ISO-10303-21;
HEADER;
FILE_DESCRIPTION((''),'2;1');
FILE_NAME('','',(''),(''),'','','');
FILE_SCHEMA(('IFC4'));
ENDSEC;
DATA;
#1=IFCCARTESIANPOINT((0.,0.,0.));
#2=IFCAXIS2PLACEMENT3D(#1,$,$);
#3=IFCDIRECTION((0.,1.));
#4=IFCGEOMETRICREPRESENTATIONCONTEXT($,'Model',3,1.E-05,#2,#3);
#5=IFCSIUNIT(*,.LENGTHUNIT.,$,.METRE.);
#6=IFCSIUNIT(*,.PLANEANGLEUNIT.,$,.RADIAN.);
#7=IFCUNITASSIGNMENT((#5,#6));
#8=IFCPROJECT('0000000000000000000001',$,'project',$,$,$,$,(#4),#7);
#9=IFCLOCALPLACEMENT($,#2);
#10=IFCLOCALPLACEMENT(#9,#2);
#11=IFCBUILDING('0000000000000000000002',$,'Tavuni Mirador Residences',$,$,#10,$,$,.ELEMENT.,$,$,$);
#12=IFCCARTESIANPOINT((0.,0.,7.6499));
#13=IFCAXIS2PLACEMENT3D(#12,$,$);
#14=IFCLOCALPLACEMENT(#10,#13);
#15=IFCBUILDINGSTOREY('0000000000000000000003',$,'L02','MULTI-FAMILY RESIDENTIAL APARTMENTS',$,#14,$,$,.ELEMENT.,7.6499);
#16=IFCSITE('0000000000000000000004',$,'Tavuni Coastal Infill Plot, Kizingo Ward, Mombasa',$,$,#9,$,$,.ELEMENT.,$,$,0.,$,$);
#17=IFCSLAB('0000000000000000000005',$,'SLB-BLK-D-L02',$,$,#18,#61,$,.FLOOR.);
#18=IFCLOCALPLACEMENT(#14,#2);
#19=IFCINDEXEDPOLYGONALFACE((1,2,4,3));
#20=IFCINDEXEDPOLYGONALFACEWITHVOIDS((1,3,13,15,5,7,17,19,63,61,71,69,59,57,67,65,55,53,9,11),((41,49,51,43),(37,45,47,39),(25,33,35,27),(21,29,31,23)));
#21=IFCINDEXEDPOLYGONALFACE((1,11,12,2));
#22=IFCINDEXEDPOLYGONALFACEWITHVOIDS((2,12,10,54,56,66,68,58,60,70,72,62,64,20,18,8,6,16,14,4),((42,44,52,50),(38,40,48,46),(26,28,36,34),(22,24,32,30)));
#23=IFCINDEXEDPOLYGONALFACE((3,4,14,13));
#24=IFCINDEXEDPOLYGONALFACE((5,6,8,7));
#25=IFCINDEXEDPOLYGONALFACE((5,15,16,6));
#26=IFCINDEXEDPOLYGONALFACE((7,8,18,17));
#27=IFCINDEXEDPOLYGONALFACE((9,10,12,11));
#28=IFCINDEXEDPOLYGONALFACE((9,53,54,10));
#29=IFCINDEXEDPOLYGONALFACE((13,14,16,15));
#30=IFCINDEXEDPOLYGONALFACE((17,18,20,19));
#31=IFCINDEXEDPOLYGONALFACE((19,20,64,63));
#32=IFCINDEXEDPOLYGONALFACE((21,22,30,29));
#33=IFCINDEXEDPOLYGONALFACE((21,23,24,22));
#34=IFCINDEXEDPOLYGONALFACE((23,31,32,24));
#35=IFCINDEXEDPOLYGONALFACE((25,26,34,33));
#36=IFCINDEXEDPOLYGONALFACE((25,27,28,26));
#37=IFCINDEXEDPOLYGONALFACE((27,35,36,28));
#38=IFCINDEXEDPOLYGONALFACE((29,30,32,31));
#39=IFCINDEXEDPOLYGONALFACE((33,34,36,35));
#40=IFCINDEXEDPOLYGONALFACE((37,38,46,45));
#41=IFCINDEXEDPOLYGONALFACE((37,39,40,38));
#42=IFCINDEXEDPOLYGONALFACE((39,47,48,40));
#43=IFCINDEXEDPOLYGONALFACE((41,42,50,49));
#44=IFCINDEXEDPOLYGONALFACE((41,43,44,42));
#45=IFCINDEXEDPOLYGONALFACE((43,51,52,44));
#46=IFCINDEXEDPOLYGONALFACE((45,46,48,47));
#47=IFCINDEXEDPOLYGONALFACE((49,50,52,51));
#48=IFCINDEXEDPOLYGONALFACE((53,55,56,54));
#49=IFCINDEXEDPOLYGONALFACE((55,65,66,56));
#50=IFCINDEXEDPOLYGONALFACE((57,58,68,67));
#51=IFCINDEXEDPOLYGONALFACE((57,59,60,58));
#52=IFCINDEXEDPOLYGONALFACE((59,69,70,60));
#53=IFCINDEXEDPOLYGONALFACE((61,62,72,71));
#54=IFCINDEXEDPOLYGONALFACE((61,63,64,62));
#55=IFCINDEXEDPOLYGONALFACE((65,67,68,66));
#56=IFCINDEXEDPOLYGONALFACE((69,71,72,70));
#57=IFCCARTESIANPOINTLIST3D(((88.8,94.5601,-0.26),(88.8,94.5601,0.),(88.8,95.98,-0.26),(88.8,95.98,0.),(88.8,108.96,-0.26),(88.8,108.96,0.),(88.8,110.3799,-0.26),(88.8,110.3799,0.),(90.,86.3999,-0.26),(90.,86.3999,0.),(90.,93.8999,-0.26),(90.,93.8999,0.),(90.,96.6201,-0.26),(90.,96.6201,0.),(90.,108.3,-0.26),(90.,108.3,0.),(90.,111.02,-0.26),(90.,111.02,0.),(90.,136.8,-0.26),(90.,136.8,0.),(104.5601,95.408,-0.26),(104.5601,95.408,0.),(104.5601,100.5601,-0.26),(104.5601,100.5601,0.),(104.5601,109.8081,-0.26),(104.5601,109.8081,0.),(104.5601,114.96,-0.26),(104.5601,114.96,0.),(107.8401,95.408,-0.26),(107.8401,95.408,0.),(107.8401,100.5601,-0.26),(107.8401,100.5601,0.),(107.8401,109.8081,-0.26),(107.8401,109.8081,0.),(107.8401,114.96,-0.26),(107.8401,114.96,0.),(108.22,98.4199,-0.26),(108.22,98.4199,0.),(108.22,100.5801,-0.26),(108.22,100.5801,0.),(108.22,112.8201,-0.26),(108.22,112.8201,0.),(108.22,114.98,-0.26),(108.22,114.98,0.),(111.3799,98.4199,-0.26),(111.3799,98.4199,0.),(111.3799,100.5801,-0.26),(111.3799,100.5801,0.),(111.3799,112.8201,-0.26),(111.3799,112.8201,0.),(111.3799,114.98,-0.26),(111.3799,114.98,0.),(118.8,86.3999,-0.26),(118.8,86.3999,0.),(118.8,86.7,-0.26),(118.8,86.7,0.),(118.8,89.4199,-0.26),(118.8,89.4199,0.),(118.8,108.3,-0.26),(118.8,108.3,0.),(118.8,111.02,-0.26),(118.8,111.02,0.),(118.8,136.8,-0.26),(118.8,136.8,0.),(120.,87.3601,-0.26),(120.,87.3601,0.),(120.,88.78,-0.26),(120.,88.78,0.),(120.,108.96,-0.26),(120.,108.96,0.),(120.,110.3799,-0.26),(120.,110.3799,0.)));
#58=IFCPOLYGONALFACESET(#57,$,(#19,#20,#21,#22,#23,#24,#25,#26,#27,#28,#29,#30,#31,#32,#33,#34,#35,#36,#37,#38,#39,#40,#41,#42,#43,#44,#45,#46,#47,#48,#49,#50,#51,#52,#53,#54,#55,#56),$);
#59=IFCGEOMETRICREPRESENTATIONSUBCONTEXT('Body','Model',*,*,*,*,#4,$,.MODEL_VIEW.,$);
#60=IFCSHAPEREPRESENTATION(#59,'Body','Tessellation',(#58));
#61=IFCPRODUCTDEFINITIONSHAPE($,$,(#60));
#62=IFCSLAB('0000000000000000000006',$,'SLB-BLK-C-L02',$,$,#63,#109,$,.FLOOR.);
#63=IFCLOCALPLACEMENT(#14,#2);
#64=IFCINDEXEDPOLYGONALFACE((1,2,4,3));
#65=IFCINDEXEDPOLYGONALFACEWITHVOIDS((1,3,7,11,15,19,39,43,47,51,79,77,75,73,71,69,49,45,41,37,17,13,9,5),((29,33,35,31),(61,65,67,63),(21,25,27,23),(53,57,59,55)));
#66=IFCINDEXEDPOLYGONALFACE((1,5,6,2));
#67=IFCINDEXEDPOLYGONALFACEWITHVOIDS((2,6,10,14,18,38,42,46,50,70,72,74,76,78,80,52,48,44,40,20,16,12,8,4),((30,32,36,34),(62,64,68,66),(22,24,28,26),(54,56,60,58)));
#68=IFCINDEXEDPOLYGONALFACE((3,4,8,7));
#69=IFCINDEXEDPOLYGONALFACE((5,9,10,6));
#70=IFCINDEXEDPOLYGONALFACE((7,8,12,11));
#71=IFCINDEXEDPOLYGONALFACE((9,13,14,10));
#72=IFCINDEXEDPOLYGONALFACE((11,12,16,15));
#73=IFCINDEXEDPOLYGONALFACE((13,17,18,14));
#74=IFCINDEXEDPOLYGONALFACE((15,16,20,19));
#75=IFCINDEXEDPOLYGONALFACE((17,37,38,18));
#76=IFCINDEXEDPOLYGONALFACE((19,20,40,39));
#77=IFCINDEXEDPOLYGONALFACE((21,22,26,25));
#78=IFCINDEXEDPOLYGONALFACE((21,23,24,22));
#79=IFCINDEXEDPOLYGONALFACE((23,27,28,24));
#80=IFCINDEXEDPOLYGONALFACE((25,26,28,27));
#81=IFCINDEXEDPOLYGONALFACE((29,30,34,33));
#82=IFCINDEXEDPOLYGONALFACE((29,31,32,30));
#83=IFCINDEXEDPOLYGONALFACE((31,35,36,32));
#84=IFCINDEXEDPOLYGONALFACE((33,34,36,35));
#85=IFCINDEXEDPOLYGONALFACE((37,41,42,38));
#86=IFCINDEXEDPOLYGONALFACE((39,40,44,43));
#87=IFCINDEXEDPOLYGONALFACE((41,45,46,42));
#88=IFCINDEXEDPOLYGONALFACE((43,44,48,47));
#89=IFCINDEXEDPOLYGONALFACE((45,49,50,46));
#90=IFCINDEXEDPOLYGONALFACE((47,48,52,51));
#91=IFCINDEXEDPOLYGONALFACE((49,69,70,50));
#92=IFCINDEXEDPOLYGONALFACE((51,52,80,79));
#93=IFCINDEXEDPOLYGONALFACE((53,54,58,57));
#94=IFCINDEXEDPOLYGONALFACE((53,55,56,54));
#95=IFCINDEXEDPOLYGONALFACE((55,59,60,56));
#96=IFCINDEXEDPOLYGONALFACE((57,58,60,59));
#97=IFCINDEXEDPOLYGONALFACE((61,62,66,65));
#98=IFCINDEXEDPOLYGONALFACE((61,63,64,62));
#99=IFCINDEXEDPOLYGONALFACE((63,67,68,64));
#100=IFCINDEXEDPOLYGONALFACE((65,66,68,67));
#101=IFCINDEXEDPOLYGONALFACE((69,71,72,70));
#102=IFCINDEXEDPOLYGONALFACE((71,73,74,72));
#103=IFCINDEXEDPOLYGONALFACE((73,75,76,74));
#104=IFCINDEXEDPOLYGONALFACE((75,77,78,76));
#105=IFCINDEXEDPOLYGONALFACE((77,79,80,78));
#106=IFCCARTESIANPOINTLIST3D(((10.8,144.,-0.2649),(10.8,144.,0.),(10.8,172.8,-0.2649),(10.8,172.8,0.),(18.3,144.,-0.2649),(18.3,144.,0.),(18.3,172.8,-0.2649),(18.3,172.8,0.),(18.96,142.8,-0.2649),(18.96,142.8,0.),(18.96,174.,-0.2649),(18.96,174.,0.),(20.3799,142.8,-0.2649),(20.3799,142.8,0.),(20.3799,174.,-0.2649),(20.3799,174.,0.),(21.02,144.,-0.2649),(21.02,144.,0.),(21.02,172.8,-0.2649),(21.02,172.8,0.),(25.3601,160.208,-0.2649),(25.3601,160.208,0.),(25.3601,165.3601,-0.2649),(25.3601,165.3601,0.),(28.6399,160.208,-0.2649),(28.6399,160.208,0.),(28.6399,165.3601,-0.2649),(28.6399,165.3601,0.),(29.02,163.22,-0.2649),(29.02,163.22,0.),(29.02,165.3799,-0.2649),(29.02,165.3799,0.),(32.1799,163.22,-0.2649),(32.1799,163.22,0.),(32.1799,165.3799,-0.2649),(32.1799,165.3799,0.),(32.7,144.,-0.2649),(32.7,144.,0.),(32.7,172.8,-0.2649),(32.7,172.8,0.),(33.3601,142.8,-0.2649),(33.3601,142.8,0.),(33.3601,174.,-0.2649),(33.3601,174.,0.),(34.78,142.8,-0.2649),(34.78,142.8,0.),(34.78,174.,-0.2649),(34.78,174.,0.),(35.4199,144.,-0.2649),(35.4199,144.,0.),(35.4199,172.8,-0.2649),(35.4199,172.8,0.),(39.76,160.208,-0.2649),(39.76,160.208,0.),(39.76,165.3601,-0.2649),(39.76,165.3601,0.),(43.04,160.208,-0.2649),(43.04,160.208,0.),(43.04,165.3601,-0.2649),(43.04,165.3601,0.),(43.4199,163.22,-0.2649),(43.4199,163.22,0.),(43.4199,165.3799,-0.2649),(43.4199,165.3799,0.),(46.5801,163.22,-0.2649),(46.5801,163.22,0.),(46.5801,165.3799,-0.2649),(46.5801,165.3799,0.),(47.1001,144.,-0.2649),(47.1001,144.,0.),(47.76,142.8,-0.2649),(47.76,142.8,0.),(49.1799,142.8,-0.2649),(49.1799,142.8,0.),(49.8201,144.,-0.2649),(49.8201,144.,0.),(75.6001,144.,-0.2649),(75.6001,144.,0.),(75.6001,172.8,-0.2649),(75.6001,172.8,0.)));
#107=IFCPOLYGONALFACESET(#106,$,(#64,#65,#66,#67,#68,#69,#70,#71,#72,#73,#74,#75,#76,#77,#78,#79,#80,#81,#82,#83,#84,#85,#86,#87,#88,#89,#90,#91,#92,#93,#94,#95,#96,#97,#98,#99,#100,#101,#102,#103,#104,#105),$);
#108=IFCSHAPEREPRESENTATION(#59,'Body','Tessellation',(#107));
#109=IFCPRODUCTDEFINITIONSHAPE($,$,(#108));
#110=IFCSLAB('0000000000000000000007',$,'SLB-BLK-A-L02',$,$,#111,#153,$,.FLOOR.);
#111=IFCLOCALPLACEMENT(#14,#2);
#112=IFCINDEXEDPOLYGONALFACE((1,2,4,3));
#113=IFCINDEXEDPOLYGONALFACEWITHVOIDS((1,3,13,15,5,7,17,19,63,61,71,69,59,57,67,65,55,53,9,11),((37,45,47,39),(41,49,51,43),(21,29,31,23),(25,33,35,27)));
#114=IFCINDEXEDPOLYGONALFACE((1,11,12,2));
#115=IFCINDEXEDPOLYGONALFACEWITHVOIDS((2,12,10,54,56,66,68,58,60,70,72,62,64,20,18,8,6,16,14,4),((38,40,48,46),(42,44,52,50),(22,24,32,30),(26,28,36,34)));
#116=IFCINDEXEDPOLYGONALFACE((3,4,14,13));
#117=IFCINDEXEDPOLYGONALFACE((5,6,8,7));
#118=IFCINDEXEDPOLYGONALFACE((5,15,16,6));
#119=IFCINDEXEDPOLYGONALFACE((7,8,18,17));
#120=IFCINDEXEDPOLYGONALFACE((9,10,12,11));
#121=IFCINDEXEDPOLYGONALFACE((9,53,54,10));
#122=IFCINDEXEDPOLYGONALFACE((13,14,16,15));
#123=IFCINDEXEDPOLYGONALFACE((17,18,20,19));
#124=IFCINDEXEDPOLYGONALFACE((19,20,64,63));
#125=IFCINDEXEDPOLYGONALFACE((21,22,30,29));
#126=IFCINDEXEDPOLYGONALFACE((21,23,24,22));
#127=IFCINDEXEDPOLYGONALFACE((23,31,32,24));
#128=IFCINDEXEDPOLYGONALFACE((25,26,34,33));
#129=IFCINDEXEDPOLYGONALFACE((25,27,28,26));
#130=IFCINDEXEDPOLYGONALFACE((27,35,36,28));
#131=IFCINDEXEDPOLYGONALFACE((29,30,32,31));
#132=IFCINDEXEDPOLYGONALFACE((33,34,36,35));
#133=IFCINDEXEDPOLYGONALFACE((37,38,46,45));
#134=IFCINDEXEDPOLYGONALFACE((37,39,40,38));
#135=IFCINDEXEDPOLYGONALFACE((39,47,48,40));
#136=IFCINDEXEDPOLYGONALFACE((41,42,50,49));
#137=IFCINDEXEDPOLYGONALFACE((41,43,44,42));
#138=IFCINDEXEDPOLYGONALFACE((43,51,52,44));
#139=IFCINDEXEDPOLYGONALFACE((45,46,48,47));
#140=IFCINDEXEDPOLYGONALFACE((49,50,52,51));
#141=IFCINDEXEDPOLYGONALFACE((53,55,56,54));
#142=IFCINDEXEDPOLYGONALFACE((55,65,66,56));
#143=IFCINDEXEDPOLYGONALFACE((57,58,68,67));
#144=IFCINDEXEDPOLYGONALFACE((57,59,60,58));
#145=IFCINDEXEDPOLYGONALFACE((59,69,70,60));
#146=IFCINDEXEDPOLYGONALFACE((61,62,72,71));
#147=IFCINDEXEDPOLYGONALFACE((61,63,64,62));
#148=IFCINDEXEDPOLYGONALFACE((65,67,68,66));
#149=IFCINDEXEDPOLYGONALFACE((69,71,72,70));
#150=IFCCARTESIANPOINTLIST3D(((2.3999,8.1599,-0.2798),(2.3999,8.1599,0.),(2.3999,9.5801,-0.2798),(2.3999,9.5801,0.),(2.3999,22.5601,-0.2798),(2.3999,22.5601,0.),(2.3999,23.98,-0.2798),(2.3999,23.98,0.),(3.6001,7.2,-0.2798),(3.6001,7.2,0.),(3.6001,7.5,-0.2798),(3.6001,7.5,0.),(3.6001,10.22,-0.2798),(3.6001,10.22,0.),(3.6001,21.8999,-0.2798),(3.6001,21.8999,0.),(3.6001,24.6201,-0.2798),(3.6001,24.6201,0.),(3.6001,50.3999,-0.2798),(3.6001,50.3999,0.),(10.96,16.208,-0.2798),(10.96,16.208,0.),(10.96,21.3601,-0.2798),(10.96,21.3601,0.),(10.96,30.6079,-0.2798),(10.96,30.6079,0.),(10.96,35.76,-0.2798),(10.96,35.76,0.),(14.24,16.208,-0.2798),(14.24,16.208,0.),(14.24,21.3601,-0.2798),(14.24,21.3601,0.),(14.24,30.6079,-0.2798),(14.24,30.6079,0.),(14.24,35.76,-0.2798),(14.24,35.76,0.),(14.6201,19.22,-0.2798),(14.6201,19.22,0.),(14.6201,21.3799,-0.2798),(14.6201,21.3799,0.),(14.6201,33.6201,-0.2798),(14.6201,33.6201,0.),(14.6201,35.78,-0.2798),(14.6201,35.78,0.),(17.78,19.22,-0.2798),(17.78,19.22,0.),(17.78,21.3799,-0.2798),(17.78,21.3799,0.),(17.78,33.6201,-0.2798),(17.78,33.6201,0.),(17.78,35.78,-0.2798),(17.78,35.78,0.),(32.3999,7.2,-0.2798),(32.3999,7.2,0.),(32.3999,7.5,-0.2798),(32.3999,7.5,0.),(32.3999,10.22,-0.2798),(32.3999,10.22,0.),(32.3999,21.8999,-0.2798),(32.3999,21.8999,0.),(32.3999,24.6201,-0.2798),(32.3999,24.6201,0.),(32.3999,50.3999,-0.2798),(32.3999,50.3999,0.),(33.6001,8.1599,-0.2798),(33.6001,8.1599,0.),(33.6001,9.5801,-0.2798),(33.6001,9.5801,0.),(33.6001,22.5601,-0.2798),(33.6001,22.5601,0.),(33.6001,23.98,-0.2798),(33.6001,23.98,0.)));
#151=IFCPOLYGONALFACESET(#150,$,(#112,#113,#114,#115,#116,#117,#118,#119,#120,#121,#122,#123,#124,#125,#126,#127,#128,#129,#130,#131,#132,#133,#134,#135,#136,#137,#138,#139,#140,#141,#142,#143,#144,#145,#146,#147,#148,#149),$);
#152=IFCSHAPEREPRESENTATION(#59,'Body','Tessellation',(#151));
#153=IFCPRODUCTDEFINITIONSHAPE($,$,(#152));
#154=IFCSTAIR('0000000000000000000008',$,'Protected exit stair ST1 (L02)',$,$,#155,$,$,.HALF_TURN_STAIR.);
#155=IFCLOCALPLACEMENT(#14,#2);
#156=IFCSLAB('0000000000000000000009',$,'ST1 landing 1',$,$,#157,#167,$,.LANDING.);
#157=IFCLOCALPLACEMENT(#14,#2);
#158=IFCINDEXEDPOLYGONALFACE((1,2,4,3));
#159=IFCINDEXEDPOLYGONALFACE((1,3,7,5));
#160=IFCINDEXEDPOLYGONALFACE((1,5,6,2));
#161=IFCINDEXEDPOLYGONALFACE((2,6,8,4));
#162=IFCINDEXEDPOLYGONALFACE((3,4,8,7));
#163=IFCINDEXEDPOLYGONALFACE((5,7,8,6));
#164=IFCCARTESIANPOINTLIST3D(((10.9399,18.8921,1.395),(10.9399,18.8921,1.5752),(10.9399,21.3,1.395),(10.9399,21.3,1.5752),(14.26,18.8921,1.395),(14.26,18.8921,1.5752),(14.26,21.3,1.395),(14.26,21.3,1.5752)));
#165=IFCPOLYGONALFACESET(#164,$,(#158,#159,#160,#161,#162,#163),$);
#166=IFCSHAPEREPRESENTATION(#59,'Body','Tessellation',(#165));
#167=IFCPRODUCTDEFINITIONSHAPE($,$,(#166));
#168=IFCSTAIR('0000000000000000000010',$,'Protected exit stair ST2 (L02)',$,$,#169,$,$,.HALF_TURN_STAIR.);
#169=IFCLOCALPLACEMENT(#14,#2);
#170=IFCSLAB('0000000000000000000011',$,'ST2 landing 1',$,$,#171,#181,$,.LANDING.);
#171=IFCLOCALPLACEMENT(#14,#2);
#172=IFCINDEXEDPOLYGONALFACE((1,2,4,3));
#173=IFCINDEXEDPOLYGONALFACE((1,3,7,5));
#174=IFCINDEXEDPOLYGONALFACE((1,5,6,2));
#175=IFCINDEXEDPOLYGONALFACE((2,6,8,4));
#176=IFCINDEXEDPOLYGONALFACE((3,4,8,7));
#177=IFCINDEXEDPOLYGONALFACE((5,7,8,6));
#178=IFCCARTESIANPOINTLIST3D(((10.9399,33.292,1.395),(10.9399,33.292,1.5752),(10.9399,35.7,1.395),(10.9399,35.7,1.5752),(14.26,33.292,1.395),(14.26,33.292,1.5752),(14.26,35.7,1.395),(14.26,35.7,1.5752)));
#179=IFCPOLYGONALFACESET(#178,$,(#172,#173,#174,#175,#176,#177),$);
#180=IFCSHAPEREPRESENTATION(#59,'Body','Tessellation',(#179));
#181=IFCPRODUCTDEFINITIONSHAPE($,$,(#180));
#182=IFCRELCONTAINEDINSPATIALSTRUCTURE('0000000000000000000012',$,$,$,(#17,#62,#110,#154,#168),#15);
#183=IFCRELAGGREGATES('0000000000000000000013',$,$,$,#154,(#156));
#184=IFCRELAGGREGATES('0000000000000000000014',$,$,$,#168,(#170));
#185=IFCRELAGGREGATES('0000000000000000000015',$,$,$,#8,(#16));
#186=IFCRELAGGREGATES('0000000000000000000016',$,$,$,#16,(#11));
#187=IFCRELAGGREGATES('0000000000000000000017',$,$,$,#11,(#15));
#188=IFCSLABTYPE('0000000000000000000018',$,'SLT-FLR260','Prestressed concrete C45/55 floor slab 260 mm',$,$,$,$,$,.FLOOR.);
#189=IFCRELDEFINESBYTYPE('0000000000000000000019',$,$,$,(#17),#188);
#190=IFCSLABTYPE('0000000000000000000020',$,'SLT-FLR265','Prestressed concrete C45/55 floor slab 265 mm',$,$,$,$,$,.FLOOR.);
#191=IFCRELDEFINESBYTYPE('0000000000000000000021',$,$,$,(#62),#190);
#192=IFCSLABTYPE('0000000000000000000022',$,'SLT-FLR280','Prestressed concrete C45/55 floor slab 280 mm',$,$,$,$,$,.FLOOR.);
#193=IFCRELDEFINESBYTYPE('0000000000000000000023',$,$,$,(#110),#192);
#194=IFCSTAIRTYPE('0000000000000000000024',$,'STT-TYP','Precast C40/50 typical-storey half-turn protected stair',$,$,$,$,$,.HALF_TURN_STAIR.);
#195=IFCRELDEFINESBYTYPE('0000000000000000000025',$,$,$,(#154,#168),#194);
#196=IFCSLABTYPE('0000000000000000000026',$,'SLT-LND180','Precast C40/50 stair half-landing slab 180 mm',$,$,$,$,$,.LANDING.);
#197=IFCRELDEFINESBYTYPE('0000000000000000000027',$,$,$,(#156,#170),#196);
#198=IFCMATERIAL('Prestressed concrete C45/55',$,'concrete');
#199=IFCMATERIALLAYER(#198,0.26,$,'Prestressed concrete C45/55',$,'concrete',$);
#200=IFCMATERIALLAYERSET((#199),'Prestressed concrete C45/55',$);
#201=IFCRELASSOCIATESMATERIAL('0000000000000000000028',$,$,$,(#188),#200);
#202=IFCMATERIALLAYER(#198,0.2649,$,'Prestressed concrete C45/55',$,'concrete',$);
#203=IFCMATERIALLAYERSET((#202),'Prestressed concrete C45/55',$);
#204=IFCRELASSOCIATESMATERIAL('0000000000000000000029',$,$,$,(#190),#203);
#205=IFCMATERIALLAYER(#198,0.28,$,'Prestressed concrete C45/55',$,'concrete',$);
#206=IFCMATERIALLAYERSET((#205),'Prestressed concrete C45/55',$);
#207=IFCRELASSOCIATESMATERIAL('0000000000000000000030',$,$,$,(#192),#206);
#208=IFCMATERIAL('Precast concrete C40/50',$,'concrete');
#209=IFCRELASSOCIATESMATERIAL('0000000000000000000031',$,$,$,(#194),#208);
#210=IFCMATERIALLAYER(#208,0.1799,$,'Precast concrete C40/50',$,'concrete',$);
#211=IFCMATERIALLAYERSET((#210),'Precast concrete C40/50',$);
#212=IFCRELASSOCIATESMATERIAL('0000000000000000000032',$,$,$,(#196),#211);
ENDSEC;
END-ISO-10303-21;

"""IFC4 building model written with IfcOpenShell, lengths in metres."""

from ifc_helpers import new_model, si_unit, direction, frame, origin, place, context, subcontext, project, spatial, polyline, outline, extrude, material, layer, layer_set, type_object, element, aggregate, save


model = new_model("IFC4")

# Units and contexts
model_context = context("Model", 3, precision=1e-05, world=origin(), true_north=direction((0.0, 1.0)))
body_context = subcontext(model_context, "Body", "Model", "MODEL_VIEW")
ifc_project = project(units=[si_unit("LENGTHUNIT", "METRE"), si_unit("PLANEANGLEUNIT", "RADIAN")], contexts=[model_context])

# Site, building, storey
site_placement = place(None, origin())
site = spatial("IfcSite", under=ifc_project, at=site_placement, Name="Tavuni Coastal Infill Plot, Kizingo Ward, Mombasa", CompositionType="ELEMENT", RefElevation=0.0)
building_placement = place(site_placement, origin())
building = spatial("IfcBuilding", under=site, at=building_placement, Name="Tavuni Mirador Residences", CompositionType="ELEMENT")
storey_placement = place(building_placement, frame((0.0, 0.0, 7.6499)))
storey = spatial("IfcBuildingStorey", under=building, at=storey_placement, Name="L02", Description="MULTI-FAMILY RESIDENTIAL APARTMENTS", CompositionType="ELEMENT", Elevation=7.6499)

# Slabs
ifc_material_1 = material(Name="Prestressed concrete C45/55", Category="concrete")
ifc_layer_1 = layer(ifc_material_1, 0.26, Name="Prestressed concrete C45/55", Category="concrete")
ifc_layer_set_1 = layer_set([ifc_layer_1], Name="Prestressed concrete C45/55")
slab_type_1 = type_object("IfcSlabType", Name="SLT-FLR260", Description="Prestressed concrete C45/55 floor slab 260 mm", PredefinedType="FLOOR", material=ifc_layer_set_1)
slab_1_placement = place(storey_placement, frame((0.0, 0.0, -0.26)))
element("IfcSlab", 1, at=slab_1_placement, inside=storey, type_object=slab_type_1, Name="SLB-BLK-D-L02", PredefinedType="FLOOR", context=body_context, shape_type="SweptSolid", body=[
    extrude(outline(polyline([(90.0, 86.3999), (118.8, 86.3999), (118.8, 86.7), (120.0, 87.3601), (120.0, 88.78), (118.8, 89.4199), (118.8, 108.3), (120.0, 108.96), (120.0, 110.3799), (118.8, 111.02), (118.8, 136.8), (90.0, 136.8), (90.0, 111.02), (88.8, 110.3799), (88.8, 108.96), (90.0, 108.3), (90.0, 96.6201), (88.8, 95.98), (88.8, 94.5601), (90.0, 93.8999), (90.0, 86.3999)]), holes=[polyline([(104.5601, 95.408), (107.8401, 95.408), (107.8401, 100.5601), (104.5601, 100.5601), (104.5601, 95.408)]), polyline([(108.22, 98.4199), (111.3799, 98.4199), (111.3799, 100.5801), (108.22, 100.5801), (108.22, 98.4199)]), polyline([(104.5601, 109.8081), (107.8401, 109.8081), (107.8401, 114.96), (104.5601, 114.96), (104.5601, 109.8081)]), polyline([(108.22, 112.8201), (111.3799, 112.8201), (111.3799, 114.98), (108.22, 114.98), (108.22, 112.8201)])]), origin(), (0.0, 0.0, 1.0), 0.26),
])
ifc_layer_2 = layer(ifc_material_1, 0.2649, Name="Prestressed concrete C45/55", Category="concrete")
ifc_layer_set_2 = layer_set([ifc_layer_2], Name="Prestressed concrete C45/55")
slab_type_2 = type_object("IfcSlabType", Name="SLT-FLR265", Description="Prestressed concrete C45/55 floor slab 265 mm", PredefinedType="FLOOR", material=ifc_layer_set_2)
slab_2_placement = place(storey_placement, frame((0.0, 0.0, -0.2649)))
element("IfcSlab", 2, at=slab_2_placement, inside=storey, type_object=slab_type_2, Name="SLB-BLK-C-L02", PredefinedType="FLOOR", context=body_context, shape_type="SweptSolid", body=[
    extrude(outline(polyline([(10.8, 144.0), (18.3, 144.0), (18.96, 142.8), (20.3799, 142.8), (21.02, 144.0), (32.7, 144.0), (33.3601, 142.8), (34.78, 142.8), (35.4199, 144.0), (47.1001, 144.0), (47.76, 142.8), (49.1799, 142.8), (49.8201, 144.0), (75.6001, 144.0), (75.6001, 172.8), (35.4199, 172.8), (34.78, 174.0), (33.3601, 174.0), (32.7, 172.8), (21.02, 172.8), (20.3799, 174.0), (18.96, 174.0), (18.3, 172.8), (10.8, 172.8), (10.8, 144.0)]), holes=[polyline([(25.3601, 160.208), (28.6399, 160.208), (28.6399, 165.3601), (25.3601, 165.3601), (25.3601, 160.208)]), polyline([(29.02, 163.22), (32.1799, 163.22), (32.1799, 165.3799), (29.02, 165.3799), (29.02, 163.22)]), polyline([(39.76, 160.208), (43.04, 160.208), (43.04, 165.3601), (39.76, 165.3601), (39.76, 160.208)]), polyline([(43.4199, 163.22), (46.5801, 163.22), (46.5801, 165.3799), (43.4199, 165.3799), (43.4199, 163.22)])]), origin(), (0.0, 0.0, 1.0), 0.2649),
])
ifc_layer_3 = layer(ifc_material_1, 0.28, Name="Prestressed concrete C45/55", Category="concrete")
ifc_layer_set_3 = layer_set([ifc_layer_3], Name="Prestressed concrete C45/55")
slab_type_3 = type_object("IfcSlabType", Name="SLT-FLR280", Description="Prestressed concrete C45/55 floor slab 280 mm", PredefinedType="FLOOR", material=ifc_layer_set_3)
slab_3_placement = place(storey_placement, frame((0.0, 0.0, -0.2798)))
element("IfcSlab", 3, at=slab_3_placement, inside=storey, type_object=slab_type_3, Name="SLB-BLK-A-L02", PredefinedType="FLOOR", context=body_context, shape_type="SweptSolid", body=[
    extrude(outline(polyline([(3.6001, 7.2), (32.3999, 7.2), (32.3999, 7.5), (33.6001, 8.1599), (33.6001, 9.5801), (32.3999, 10.22), (32.3999, 21.8999), (33.6001, 22.5601), (33.6001, 23.98), (32.3999, 24.6201), (32.3999, 50.3999), (3.6001, 50.3999), (3.6001, 24.6201), (2.3999, 23.98), (2.3999, 22.5601), (3.6001, 21.8999), (3.6001, 10.22), (2.3999, 9.5801), (2.3999, 8.1599), (3.6001, 7.5), (3.6001, 7.2)]), holes=[polyline([(10.96, 16.208), (14.24, 16.208), (14.24, 21.3601), (10.96, 21.3601), (10.96, 16.208)]), polyline([(14.6201, 19.22), (17.78, 19.22), (17.78, 21.3799), (14.6201, 21.3799), (14.6201, 19.22)]), polyline([(10.96, 30.6079), (14.24, 30.6079), (14.24, 35.76), (10.96, 35.76), (10.96, 30.6079)]), polyline([(14.6201, 33.6201), (17.78, 33.6201), (17.78, 35.78), (14.6201, 35.78), (14.6201, 33.6201)])]), origin(), (0.0, 0.0, 1.0), 0.2798),
])

# Stairs, slabs
ifc_material_2 = material(Name="Precast concrete C40/50", Category="concrete")
stair_type = type_object("IfcStairType", Name="STT-TYP", Description="Precast C40/50 typical-storey half-turn protected stair", PredefinedType="HALF_TURN_STAIR", material=ifc_material_2)
stair_1_placement = place(storey_placement, origin())
stair_1 = element("IfcStair", 4, at=stair_1_placement, inside=storey, type_object=stair_type, Name="Protected exit stair ST1 (L02)", PredefinedType="HALF_TURN_STAIR")
ifc_layer_4 = layer(ifc_material_2, 0.1799, Name="Precast concrete C40/50", Category="concrete")
ifc_layer_set_4 = layer_set([ifc_layer_4], Name="Precast concrete C40/50")
slab_type_4 = type_object("IfcSlabType", Name="SLT-LND180", Description="Precast C40/50 stair half-landing slab 180 mm", PredefinedType="LANDING", material=ifc_layer_set_4)
slab_4_placement = place(storey_placement, frame((0.0, 0.0, 1.395)))
slab_4 = element("IfcSlab", 5, at=slab_4_placement, type_object=slab_type_4, Name="ST1 landing 1", PredefinedType="LANDING", context=body_context, shape_type="SweptSolid", body=[
    extrude(outline(polyline([(10.9399, 18.8921), (14.26, 18.8921), (14.26, 21.3), (10.9399, 21.3), (10.9399, 18.8921)])), origin(), (0.0, 0.0, 1.0), 0.1802),
])
aggregate(stair_1, [slab_4])
stair_2_placement = place(storey_placement, origin())
stair_2 = element("IfcStair", 6, at=stair_2_placement, inside=storey, type_object=stair_type, Name="Protected exit stair ST2 (L02)", PredefinedType="HALF_TURN_STAIR")
slab_5_placement = place(storey_placement, frame((0.0, 0.0, 1.395)))
slab_5 = element("IfcSlab", 7, at=slab_5_placement, type_object=slab_type_4, Name="ST2 landing 1", PredefinedType="LANDING", context=body_context, shape_type="SweptSolid", body=[
    extrude(outline(polyline([(10.9399, 33.292), (14.26, 33.292), (14.26, 35.7), (10.9399, 35.7), (10.9399, 33.292)])), origin(), (0.0, 0.0, 1.0), 0.1802),
])
aggregate(stair_2, [slab_5])

save(model, "model.ifc")
